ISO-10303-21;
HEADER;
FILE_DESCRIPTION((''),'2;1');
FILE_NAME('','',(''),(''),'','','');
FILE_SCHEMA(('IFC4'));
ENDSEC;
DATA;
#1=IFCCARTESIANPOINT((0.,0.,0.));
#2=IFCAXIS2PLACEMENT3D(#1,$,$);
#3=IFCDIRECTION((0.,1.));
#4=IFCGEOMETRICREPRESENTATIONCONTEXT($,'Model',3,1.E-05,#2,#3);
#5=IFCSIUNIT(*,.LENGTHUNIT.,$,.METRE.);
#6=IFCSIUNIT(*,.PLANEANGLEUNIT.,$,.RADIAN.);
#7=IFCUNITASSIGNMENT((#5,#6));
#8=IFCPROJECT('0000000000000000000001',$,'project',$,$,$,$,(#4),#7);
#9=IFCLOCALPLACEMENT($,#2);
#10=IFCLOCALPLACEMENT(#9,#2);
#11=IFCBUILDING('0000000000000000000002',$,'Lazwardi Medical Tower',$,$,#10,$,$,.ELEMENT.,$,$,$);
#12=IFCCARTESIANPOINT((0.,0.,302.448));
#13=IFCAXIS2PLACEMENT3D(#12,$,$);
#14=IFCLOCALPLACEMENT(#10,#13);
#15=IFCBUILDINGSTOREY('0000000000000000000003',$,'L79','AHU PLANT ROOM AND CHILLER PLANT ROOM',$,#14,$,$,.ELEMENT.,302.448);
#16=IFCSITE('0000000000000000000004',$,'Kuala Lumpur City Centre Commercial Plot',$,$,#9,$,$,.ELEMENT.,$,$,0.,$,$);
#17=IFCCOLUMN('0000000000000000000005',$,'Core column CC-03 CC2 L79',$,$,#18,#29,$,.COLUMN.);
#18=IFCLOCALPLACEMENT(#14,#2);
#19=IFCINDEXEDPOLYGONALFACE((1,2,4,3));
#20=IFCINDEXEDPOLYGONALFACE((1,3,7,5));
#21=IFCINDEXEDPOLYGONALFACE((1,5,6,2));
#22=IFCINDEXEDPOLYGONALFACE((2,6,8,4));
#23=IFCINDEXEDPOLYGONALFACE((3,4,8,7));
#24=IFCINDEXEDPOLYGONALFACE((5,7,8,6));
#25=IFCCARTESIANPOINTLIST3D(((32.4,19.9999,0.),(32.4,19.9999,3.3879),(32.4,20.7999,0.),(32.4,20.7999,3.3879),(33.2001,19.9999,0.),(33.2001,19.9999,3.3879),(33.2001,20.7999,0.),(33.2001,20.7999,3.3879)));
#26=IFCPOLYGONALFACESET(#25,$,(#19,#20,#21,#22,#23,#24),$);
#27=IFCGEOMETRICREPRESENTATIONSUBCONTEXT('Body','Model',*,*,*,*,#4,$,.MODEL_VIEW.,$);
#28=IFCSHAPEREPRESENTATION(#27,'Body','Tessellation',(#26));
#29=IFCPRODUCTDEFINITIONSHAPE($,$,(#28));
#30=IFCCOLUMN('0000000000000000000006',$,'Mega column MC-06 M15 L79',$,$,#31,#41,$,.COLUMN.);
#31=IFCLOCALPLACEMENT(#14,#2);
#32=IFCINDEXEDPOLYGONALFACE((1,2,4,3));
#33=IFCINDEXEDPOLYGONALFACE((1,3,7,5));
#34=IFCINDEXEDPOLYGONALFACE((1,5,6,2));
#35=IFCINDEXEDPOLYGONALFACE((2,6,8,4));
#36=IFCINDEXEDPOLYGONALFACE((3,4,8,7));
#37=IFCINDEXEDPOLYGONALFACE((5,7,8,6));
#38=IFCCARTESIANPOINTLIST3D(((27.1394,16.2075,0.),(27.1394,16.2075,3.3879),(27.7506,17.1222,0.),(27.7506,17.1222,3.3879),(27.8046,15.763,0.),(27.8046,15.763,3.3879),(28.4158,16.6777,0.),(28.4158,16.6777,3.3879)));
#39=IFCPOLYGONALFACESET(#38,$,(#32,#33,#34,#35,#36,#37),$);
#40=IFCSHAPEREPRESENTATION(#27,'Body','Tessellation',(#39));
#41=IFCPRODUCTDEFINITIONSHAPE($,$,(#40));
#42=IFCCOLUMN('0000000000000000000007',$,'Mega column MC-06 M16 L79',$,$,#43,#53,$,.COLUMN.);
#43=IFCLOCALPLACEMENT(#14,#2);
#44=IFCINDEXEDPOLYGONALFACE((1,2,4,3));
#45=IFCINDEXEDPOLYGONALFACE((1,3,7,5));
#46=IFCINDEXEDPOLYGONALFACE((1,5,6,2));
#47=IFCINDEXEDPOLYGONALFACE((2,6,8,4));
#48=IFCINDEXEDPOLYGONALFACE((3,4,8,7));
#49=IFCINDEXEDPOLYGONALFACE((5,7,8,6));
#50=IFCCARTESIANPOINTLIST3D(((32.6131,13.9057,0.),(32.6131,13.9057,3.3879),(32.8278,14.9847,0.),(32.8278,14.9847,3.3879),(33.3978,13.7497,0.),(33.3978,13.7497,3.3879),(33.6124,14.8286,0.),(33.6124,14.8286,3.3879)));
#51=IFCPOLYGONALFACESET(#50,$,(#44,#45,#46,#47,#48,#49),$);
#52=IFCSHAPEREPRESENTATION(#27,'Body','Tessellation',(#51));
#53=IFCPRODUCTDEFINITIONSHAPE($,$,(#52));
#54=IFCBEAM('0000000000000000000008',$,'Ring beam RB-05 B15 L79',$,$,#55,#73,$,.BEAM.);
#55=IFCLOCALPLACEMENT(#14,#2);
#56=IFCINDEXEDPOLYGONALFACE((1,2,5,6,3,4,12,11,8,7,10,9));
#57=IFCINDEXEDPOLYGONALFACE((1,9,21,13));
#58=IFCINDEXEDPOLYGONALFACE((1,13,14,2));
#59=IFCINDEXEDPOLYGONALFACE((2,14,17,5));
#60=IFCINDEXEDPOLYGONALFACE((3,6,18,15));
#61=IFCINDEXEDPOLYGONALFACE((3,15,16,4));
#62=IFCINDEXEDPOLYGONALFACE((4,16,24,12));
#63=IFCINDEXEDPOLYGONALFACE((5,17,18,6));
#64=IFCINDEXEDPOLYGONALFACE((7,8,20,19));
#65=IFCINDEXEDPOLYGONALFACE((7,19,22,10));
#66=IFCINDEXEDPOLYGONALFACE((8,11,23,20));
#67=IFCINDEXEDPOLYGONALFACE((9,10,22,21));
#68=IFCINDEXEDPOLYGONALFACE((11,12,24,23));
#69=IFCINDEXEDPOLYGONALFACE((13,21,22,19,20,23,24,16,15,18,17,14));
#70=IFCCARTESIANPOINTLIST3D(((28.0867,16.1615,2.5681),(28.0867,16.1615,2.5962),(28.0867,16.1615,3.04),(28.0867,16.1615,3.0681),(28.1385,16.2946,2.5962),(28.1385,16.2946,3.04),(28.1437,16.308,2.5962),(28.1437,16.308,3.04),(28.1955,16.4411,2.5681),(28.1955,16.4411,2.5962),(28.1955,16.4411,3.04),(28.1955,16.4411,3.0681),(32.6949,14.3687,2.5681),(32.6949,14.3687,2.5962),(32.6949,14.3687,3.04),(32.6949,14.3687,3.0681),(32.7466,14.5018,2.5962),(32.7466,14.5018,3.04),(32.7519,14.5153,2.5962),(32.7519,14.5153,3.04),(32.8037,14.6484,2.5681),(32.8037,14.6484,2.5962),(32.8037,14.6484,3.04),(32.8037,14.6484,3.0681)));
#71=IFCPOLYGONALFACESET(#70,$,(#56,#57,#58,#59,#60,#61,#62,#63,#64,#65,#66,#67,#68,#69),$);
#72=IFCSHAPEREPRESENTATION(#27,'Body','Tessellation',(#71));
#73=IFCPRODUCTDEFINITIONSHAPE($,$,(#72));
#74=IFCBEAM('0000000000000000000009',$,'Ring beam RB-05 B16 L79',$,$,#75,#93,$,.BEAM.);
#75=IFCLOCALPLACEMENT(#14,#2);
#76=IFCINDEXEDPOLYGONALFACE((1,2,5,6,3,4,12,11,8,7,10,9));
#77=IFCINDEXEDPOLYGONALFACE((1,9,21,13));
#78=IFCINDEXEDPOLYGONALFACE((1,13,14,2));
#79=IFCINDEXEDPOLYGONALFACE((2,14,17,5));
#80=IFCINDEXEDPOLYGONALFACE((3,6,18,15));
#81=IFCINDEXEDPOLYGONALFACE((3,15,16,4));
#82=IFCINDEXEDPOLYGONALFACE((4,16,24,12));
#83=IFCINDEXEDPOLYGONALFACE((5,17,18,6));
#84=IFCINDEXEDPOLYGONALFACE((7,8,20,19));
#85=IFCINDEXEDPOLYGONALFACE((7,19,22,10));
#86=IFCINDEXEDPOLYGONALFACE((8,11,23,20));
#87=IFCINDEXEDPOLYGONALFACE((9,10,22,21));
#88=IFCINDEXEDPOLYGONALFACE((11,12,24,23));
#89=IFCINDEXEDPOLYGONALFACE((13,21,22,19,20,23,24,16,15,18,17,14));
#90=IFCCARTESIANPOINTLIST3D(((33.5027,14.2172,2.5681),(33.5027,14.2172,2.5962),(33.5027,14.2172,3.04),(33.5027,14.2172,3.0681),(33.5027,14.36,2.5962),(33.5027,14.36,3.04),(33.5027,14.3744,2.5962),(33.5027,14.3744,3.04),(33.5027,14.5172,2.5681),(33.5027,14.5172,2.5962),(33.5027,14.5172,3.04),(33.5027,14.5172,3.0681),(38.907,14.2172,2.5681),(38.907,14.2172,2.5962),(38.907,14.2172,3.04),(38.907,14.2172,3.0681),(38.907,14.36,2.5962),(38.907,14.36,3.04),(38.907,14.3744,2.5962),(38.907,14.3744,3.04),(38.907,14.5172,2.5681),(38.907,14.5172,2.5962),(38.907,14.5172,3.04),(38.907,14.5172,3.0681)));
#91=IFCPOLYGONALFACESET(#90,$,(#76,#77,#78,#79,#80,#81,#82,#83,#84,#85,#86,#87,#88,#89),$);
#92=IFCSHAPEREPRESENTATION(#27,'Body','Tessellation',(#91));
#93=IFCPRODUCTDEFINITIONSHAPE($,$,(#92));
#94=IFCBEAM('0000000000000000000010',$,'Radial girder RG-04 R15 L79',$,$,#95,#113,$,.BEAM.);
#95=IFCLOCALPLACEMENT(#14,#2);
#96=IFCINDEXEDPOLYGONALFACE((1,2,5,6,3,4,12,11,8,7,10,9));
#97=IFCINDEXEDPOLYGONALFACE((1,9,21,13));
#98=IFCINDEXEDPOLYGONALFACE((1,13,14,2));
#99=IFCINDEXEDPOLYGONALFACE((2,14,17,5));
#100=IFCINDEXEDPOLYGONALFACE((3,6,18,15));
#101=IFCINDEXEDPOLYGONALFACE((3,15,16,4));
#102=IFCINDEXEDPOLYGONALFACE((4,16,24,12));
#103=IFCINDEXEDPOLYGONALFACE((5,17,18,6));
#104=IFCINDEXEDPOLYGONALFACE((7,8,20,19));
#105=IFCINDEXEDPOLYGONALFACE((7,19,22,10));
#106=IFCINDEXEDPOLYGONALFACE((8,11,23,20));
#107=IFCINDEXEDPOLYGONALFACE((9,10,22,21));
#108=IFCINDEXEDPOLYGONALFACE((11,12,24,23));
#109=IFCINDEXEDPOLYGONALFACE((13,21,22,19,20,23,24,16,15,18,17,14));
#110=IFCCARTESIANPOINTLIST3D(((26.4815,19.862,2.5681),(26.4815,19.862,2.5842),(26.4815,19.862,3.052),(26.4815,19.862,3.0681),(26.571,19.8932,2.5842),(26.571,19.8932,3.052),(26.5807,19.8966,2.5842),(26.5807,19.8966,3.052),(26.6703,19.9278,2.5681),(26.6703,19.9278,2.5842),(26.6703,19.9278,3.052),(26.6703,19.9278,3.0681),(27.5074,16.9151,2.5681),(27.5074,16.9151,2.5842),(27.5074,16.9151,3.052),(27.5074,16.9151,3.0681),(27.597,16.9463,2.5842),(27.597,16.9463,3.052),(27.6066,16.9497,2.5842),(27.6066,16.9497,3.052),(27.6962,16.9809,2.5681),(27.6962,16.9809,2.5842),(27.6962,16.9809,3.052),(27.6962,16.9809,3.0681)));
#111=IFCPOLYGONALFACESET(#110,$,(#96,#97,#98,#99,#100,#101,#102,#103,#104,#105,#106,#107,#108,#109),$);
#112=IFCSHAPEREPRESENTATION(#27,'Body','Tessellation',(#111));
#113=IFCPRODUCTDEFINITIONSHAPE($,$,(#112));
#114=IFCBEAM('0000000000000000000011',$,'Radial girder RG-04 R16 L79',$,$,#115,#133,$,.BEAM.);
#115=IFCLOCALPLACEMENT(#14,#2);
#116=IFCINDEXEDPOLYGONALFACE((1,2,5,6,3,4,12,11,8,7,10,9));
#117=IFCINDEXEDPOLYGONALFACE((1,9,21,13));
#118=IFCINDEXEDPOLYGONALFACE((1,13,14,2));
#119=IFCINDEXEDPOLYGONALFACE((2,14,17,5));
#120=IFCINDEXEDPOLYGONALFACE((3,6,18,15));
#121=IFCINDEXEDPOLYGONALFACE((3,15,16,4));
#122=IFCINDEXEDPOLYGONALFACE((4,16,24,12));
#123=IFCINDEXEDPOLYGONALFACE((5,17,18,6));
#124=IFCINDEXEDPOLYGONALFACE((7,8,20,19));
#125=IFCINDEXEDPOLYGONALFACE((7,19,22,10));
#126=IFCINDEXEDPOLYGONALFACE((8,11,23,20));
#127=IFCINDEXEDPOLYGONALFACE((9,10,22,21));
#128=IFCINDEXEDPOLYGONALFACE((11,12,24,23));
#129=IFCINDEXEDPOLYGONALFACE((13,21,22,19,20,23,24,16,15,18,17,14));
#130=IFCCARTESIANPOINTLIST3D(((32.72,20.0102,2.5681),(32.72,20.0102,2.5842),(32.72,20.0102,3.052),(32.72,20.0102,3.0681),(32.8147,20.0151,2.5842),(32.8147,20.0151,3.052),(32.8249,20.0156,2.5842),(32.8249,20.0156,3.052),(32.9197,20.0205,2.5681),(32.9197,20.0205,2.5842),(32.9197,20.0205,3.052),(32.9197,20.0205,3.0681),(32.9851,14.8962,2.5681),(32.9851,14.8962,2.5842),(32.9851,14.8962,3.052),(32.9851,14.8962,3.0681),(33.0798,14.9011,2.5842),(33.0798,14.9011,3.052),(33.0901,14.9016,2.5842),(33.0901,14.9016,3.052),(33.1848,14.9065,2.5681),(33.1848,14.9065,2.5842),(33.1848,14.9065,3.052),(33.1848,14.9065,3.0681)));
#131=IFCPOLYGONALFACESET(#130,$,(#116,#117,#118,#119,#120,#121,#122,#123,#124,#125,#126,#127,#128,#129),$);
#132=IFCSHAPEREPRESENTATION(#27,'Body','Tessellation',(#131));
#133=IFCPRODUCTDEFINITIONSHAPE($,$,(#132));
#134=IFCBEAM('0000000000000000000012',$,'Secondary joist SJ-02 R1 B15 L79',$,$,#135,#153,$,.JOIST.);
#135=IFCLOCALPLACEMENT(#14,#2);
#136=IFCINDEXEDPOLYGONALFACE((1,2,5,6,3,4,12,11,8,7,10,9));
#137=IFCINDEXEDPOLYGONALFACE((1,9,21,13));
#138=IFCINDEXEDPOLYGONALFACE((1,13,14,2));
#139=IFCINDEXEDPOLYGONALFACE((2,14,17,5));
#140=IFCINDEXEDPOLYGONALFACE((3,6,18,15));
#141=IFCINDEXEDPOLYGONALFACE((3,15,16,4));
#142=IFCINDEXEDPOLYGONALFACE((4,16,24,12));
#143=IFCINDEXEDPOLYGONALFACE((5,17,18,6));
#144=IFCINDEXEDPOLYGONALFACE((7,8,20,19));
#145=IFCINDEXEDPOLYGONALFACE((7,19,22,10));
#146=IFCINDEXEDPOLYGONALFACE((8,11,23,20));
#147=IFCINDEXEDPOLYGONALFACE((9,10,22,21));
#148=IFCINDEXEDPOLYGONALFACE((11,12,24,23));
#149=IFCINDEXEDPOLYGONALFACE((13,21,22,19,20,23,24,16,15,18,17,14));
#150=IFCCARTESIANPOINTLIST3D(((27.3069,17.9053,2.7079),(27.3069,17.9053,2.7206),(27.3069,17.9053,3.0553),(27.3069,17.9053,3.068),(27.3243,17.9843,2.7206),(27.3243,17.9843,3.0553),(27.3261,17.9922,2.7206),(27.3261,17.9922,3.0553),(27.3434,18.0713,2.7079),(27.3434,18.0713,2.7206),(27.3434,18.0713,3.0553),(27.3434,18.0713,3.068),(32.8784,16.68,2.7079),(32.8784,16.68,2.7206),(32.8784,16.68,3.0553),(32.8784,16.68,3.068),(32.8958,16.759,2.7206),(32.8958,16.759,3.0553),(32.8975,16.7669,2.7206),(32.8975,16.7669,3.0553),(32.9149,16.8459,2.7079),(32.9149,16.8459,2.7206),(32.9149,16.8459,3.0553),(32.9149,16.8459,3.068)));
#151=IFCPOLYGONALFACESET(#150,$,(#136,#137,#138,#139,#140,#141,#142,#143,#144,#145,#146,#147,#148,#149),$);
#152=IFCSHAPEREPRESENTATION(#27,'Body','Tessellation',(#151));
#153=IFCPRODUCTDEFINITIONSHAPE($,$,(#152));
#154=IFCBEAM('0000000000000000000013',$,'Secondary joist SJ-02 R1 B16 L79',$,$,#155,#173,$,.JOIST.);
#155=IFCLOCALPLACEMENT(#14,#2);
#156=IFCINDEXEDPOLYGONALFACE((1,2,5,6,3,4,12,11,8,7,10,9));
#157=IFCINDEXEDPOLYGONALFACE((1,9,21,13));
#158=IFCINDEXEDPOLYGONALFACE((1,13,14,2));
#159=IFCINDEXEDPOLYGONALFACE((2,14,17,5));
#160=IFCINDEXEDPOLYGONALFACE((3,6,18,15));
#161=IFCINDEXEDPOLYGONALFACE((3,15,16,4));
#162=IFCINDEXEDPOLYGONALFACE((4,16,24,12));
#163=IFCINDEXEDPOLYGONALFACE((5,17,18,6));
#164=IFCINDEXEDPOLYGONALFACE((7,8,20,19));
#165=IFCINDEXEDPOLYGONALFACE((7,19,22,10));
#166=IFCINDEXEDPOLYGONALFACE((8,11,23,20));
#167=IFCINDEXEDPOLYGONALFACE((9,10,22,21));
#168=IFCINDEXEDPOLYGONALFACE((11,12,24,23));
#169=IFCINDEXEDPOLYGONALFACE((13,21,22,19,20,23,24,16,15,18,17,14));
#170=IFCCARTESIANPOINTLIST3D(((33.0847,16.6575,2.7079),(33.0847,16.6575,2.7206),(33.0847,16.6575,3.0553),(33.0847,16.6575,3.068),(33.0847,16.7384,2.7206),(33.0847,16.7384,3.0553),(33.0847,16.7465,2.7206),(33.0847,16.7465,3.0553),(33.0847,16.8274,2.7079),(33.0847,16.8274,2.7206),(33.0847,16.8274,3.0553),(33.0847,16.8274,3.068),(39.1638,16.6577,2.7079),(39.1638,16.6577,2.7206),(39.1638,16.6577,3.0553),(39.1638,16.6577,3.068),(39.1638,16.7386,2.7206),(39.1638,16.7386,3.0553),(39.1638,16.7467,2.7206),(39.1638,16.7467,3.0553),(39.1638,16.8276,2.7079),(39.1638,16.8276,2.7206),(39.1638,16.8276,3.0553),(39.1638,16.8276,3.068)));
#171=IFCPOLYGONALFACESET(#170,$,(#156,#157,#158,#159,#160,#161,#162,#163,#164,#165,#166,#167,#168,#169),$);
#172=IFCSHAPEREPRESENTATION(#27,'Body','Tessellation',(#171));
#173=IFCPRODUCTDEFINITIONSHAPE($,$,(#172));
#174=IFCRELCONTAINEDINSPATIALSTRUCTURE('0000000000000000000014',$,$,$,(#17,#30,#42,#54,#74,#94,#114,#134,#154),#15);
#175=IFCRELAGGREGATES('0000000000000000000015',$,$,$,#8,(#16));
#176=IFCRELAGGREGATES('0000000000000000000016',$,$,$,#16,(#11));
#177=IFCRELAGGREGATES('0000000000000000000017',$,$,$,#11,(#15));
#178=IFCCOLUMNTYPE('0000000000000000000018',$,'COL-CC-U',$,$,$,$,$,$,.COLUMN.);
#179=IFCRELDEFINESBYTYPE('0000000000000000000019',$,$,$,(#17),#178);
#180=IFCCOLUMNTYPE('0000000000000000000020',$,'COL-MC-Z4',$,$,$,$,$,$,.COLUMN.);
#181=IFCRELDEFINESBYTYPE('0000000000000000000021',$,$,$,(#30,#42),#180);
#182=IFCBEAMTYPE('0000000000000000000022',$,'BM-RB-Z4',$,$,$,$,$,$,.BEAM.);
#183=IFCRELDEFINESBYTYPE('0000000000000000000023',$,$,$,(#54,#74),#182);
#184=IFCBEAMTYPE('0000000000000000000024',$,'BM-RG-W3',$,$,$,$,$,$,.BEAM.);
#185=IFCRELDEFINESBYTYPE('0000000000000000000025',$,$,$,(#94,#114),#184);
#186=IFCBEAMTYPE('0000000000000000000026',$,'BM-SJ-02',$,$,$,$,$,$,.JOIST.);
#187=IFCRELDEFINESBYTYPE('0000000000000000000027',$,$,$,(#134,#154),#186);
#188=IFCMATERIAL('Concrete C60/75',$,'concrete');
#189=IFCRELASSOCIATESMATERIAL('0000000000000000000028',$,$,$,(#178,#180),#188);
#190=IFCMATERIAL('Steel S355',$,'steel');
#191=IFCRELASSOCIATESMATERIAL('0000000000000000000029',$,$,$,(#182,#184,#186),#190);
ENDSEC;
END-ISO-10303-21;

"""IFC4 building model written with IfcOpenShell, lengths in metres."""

from ifc_helpers import new_model, si_unit, direction, frame, origin, origin_2d, place, context, subcontext, project, spatial, rectangle, i_section, extrude, material, material_profile, profile_set, type_object, element, save


model = new_model("IFC4")

# Units and contexts
model_context = context("Model", 3, precision=1e-05, world=origin(), true_north=direction((0.0, 1.0)))
body_context = subcontext(model_context, "Body", "Model", "MODEL_VIEW")
ifc_project = project(units=[si_unit("LENGTHUNIT", "METRE"), si_unit("PLANEANGLEUNIT", "RADIAN")], contexts=[model_context])

# Site, building, storey
site_placement = place(None, origin())
site = spatial("IfcSite", under=ifc_project, at=site_placement, Name="Kuala Lumpur City Centre Commercial Plot", CompositionType="ELEMENT", RefElevation=0.0)
building_placement = place(site_placement, origin())
building = spatial("IfcBuilding", under=site, at=building_placement, Name="Lazwardi Medical Tower", CompositionType="ELEMENT")
storey_placement = place(building_placement, frame((0.0, 0.0, 302.448)))
storey = spatial("IfcBuildingStorey", under=building, at=storey_placement, Name="L79", Description="AHU PLANT ROOM AND CHILLER PLANT ROOM", CompositionType="ELEMENT", Elevation=302.448)

# Columns
ifc_material_1 = material(Name="Concrete C60/75", Category="concrete")
ifc_material_profile_1 = material_profile(ifc_material_1, rectangle(XDim=0.8, YDim=0.8, at=origin_2d()), Name="RC 800x800")
ifc_profile_set_1 = profile_set([ifc_material_profile_1], Name="Concrete C60/75")
column_type_1 = type_object("IfcColumnType", Name="COL-CC-U", PredefinedType="COLUMN", material=ifc_profile_set_1)
column_placement = place(storey_placement, frame((32.8, 20.3999, 0.0), z_axis=(0.0, 0.0, 1.0), x_axis=(1.0, 0.0, 0.0)))
element("IfcColumn", 1, at=column_placement, inside=storey, type_object=column_type_1, Name="Core column CC-03 CC2 L79", PredefinedType="COLUMN", context=body_context, shape_type="SweptSolid", body=[
    extrude(rectangle(XDim=0.8, YDim=0.8, at=origin_2d()), origin(), (0.0, 0.0, 1.0), 3.3879),
])
ifc_material_profile_2 = material_profile(ifc_material_1, rectangle(XDim=1.1001, YDim=0.8, at=origin_2d()), Name="CFT-RECT 1100x800")
ifc_profile_set_2 = profile_set([ifc_material_profile_2], Name="Concrete C60/75")
column_type_2 = type_object("IfcColumnType", Name="COL-MC-Z4", PredefinedType="COLUMN", material=ifc_profile_set_2)
for number, where, z_axis, x_axis, name in (
    (2, (27.7776, 16.4426, 0.0), (0.0, 0.0, 1.0), (-0.55557, -0.83147, 0.0), "Mega column MC-06 M15 L79"),
    (3, (33.1128, 14.3672, 0.0), (0.0, 0.0, 1.0), (-0.19509, -0.980785, 0.0), "Mega column MC-06 M16 L79"),
):
    element("IfcColumn", number, at=place(storey_placement, frame(where, z_axis=z_axis, x_axis=x_axis)), inside=storey, type_object=column_type_2, Name=name, PredefinedType="COLUMN", context=body_context, shape_type="SweptSolid", body=[
        extrude(rectangle(XDim=1.1001, YDim=0.8, at=origin_2d()), origin(), (0.0, 0.0, 1.0), 3.3879),
    ])

# Beams
ifc_material_2 = material(Name="Steel S355", Category="steel")
ifc_material_profile_3 = material_profile(ifc_material_2, i_section(OverallWidth=0.3, OverallDepth=0.5, WebThickness=0.0144, FlangeThickness=0.0281, at=origin_2d()), Name="HEB 500")
ifc_profile_set_3 = profile_set([ifc_material_profile_3], Name="Steel S355")
beam_type_1 = type_object("IfcBeamType", Name="BM-RB-Z4", PredefinedType="BEAM", material=ifc_profile_set_3)
beam_1_placement = place(storey_placement, frame((28.1411, 16.3013, 2.8181), z_axis=(0.931959, -0.362563, 0.0), x_axis=(0.362563, 0.931959, 0.0)))
element("IfcBeam", 4, at=beam_1_placement, inside=storey, type_object=beam_type_1, Name="Ring beam RB-05 B15 L79", PredefinedType="BEAM", context=body_context, shape_type="SweptSolid", body=[
    extrude(i_section(OverallWidth=0.3, OverallDepth=0.5, WebThickness=0.0144, FlangeThickness=0.0281, at=origin_2d()), origin(), (0.0, 0.0, 1.0), 4.9446),
])
beam_2_placement = place(storey_placement, frame((33.5027, 14.3672, 2.8181), z_axis=(1.0, 0.0, 0.0), x_axis=(0.0, 1.0, 0.0)))
element("IfcBeam", 5, at=beam_2_placement, inside=storey, type_object=beam_type_1, Name="Ring beam RB-05 B16 L79", PredefinedType="BEAM", context=body_context, shape_type="SweptSolid", body=[
    extrude(i_section(OverallWidth=0.3, OverallDepth=0.5, WebThickness=0.0144, FlangeThickness=0.0281, at=origin_2d()), origin(), (0.0, 0.0, 1.0), 5.4043),
])
ifc_material_profile_4 = material_profile(ifc_material_2, i_section(OverallWidth=0.2, OverallDepth=0.5, WebThickness=0.0103, FlangeThickness=0.0161, at=origin_2d()), Name="IPE 500")
ifc_profile_set_4 = profile_set([ifc_material_profile_4], Name="Steel S355")
beam_type_2 = type_object("IfcBeamType", Name="BM-RG-W3", PredefinedType="BEAM", material=ifc_profile_set_4)
beam_3_placement = place(storey_placement, frame((27.6018, 16.948, 2.8181), z_axis=(-0.328782, 0.944406, 0.0), x_axis=(-0.944406, -0.328782, 0.0)))
element("IfcBeam", 6, at=beam_3_placement, inside=storey, type_object=beam_type_2, Name="Radial girder RG-04 R15 L79", PredefinedType="BEAM", context=body_context, shape_type="SweptSolid", body=[
    extrude(i_section(OverallWidth=0.2, OverallDepth=0.5, WebThickness=0.0103, FlangeThickness=0.0161, at=origin_2d()), origin(), (0.0, 0.0, 1.0), 3.1204),
])
beam_4_placement = place(storey_placement, frame((33.085, 14.9014, 2.8181), z_axis=(-0.051776, 0.998659, 0.0), x_axis=(-0.998659, -0.051776, 0.0)))
element("IfcBeam", 7, at=beam_4_placement, inside=storey, type_object=beam_type_2, Name="Radial girder RG-04 R16 L79", PredefinedType="BEAM", context=body_context, shape_type="SweptSolid", body=[
    extrude(i_section(OverallWidth=0.2, OverallDepth=0.5, WebThickness=0.0103, FlangeThickness=0.0161, at=origin_2d()), origin(), (0.0, 0.0, 1.0), 5.1208),
])
ifc_material_profile_5 = material_profile(ifc_material_2, i_section(OverallWidth=0.1699, OverallDepth=0.3601, WebThickness=0.0081, FlangeThickness=0.0127, at=origin_2d()), Name="IPE 360")
ifc_profile_set_5 = profile_set([ifc_material_profile_5], Name="Steel S355")
beam_type_3 = type_object("IfcBeamType", Name="BM-SJ-02", PredefinedType="JOIST", material=ifc_profile_set_5)
beam_5_placement = place(storey_placement, frame((27.3252, 17.9883, 2.8879), z_axis=(0.976659, -0.214796, 0.0), x_axis=(0.214796, 0.976659, 0.0)))
element("IfcBeam", 8, at=beam_5_placement, inside=storey, type_object=beam_type_3, Name="Secondary joist SJ-02 R1 B15 L79", PredefinedType="JOIST", context=body_context, shape_type="SweptSolid", body=[
    extrude(i_section(OverallWidth=0.1699, OverallDepth=0.3601, WebThickness=0.0081, FlangeThickness=0.0127, at=origin_2d()), origin(), (0.0, 0.0, 1.0), 5.7046),
])
beam_6_placement = place(storey_placement, frame((33.0847, 16.7424, 2.8879), z_axis=(1.0, 0.00004, 0.0), x_axis=(-0.00004, 1.0, 0.0)))
element("IfcBeam", 9, at=beam_6_placement, inside=storey, type_object=beam_type_3, Name="Secondary joist SJ-02 R1 B16 L79", PredefinedType="JOIST", context=body_context, shape_type="SweptSolid", body=[
    extrude(i_section(OverallWidth=0.1699, OverallDepth=0.3601, WebThickness=0.0081, FlangeThickness=0.0127, at=origin_2d()), origin(), (0.0, 0.0, 1.0), 6.0791),
])

save(model, "model.ifc")
